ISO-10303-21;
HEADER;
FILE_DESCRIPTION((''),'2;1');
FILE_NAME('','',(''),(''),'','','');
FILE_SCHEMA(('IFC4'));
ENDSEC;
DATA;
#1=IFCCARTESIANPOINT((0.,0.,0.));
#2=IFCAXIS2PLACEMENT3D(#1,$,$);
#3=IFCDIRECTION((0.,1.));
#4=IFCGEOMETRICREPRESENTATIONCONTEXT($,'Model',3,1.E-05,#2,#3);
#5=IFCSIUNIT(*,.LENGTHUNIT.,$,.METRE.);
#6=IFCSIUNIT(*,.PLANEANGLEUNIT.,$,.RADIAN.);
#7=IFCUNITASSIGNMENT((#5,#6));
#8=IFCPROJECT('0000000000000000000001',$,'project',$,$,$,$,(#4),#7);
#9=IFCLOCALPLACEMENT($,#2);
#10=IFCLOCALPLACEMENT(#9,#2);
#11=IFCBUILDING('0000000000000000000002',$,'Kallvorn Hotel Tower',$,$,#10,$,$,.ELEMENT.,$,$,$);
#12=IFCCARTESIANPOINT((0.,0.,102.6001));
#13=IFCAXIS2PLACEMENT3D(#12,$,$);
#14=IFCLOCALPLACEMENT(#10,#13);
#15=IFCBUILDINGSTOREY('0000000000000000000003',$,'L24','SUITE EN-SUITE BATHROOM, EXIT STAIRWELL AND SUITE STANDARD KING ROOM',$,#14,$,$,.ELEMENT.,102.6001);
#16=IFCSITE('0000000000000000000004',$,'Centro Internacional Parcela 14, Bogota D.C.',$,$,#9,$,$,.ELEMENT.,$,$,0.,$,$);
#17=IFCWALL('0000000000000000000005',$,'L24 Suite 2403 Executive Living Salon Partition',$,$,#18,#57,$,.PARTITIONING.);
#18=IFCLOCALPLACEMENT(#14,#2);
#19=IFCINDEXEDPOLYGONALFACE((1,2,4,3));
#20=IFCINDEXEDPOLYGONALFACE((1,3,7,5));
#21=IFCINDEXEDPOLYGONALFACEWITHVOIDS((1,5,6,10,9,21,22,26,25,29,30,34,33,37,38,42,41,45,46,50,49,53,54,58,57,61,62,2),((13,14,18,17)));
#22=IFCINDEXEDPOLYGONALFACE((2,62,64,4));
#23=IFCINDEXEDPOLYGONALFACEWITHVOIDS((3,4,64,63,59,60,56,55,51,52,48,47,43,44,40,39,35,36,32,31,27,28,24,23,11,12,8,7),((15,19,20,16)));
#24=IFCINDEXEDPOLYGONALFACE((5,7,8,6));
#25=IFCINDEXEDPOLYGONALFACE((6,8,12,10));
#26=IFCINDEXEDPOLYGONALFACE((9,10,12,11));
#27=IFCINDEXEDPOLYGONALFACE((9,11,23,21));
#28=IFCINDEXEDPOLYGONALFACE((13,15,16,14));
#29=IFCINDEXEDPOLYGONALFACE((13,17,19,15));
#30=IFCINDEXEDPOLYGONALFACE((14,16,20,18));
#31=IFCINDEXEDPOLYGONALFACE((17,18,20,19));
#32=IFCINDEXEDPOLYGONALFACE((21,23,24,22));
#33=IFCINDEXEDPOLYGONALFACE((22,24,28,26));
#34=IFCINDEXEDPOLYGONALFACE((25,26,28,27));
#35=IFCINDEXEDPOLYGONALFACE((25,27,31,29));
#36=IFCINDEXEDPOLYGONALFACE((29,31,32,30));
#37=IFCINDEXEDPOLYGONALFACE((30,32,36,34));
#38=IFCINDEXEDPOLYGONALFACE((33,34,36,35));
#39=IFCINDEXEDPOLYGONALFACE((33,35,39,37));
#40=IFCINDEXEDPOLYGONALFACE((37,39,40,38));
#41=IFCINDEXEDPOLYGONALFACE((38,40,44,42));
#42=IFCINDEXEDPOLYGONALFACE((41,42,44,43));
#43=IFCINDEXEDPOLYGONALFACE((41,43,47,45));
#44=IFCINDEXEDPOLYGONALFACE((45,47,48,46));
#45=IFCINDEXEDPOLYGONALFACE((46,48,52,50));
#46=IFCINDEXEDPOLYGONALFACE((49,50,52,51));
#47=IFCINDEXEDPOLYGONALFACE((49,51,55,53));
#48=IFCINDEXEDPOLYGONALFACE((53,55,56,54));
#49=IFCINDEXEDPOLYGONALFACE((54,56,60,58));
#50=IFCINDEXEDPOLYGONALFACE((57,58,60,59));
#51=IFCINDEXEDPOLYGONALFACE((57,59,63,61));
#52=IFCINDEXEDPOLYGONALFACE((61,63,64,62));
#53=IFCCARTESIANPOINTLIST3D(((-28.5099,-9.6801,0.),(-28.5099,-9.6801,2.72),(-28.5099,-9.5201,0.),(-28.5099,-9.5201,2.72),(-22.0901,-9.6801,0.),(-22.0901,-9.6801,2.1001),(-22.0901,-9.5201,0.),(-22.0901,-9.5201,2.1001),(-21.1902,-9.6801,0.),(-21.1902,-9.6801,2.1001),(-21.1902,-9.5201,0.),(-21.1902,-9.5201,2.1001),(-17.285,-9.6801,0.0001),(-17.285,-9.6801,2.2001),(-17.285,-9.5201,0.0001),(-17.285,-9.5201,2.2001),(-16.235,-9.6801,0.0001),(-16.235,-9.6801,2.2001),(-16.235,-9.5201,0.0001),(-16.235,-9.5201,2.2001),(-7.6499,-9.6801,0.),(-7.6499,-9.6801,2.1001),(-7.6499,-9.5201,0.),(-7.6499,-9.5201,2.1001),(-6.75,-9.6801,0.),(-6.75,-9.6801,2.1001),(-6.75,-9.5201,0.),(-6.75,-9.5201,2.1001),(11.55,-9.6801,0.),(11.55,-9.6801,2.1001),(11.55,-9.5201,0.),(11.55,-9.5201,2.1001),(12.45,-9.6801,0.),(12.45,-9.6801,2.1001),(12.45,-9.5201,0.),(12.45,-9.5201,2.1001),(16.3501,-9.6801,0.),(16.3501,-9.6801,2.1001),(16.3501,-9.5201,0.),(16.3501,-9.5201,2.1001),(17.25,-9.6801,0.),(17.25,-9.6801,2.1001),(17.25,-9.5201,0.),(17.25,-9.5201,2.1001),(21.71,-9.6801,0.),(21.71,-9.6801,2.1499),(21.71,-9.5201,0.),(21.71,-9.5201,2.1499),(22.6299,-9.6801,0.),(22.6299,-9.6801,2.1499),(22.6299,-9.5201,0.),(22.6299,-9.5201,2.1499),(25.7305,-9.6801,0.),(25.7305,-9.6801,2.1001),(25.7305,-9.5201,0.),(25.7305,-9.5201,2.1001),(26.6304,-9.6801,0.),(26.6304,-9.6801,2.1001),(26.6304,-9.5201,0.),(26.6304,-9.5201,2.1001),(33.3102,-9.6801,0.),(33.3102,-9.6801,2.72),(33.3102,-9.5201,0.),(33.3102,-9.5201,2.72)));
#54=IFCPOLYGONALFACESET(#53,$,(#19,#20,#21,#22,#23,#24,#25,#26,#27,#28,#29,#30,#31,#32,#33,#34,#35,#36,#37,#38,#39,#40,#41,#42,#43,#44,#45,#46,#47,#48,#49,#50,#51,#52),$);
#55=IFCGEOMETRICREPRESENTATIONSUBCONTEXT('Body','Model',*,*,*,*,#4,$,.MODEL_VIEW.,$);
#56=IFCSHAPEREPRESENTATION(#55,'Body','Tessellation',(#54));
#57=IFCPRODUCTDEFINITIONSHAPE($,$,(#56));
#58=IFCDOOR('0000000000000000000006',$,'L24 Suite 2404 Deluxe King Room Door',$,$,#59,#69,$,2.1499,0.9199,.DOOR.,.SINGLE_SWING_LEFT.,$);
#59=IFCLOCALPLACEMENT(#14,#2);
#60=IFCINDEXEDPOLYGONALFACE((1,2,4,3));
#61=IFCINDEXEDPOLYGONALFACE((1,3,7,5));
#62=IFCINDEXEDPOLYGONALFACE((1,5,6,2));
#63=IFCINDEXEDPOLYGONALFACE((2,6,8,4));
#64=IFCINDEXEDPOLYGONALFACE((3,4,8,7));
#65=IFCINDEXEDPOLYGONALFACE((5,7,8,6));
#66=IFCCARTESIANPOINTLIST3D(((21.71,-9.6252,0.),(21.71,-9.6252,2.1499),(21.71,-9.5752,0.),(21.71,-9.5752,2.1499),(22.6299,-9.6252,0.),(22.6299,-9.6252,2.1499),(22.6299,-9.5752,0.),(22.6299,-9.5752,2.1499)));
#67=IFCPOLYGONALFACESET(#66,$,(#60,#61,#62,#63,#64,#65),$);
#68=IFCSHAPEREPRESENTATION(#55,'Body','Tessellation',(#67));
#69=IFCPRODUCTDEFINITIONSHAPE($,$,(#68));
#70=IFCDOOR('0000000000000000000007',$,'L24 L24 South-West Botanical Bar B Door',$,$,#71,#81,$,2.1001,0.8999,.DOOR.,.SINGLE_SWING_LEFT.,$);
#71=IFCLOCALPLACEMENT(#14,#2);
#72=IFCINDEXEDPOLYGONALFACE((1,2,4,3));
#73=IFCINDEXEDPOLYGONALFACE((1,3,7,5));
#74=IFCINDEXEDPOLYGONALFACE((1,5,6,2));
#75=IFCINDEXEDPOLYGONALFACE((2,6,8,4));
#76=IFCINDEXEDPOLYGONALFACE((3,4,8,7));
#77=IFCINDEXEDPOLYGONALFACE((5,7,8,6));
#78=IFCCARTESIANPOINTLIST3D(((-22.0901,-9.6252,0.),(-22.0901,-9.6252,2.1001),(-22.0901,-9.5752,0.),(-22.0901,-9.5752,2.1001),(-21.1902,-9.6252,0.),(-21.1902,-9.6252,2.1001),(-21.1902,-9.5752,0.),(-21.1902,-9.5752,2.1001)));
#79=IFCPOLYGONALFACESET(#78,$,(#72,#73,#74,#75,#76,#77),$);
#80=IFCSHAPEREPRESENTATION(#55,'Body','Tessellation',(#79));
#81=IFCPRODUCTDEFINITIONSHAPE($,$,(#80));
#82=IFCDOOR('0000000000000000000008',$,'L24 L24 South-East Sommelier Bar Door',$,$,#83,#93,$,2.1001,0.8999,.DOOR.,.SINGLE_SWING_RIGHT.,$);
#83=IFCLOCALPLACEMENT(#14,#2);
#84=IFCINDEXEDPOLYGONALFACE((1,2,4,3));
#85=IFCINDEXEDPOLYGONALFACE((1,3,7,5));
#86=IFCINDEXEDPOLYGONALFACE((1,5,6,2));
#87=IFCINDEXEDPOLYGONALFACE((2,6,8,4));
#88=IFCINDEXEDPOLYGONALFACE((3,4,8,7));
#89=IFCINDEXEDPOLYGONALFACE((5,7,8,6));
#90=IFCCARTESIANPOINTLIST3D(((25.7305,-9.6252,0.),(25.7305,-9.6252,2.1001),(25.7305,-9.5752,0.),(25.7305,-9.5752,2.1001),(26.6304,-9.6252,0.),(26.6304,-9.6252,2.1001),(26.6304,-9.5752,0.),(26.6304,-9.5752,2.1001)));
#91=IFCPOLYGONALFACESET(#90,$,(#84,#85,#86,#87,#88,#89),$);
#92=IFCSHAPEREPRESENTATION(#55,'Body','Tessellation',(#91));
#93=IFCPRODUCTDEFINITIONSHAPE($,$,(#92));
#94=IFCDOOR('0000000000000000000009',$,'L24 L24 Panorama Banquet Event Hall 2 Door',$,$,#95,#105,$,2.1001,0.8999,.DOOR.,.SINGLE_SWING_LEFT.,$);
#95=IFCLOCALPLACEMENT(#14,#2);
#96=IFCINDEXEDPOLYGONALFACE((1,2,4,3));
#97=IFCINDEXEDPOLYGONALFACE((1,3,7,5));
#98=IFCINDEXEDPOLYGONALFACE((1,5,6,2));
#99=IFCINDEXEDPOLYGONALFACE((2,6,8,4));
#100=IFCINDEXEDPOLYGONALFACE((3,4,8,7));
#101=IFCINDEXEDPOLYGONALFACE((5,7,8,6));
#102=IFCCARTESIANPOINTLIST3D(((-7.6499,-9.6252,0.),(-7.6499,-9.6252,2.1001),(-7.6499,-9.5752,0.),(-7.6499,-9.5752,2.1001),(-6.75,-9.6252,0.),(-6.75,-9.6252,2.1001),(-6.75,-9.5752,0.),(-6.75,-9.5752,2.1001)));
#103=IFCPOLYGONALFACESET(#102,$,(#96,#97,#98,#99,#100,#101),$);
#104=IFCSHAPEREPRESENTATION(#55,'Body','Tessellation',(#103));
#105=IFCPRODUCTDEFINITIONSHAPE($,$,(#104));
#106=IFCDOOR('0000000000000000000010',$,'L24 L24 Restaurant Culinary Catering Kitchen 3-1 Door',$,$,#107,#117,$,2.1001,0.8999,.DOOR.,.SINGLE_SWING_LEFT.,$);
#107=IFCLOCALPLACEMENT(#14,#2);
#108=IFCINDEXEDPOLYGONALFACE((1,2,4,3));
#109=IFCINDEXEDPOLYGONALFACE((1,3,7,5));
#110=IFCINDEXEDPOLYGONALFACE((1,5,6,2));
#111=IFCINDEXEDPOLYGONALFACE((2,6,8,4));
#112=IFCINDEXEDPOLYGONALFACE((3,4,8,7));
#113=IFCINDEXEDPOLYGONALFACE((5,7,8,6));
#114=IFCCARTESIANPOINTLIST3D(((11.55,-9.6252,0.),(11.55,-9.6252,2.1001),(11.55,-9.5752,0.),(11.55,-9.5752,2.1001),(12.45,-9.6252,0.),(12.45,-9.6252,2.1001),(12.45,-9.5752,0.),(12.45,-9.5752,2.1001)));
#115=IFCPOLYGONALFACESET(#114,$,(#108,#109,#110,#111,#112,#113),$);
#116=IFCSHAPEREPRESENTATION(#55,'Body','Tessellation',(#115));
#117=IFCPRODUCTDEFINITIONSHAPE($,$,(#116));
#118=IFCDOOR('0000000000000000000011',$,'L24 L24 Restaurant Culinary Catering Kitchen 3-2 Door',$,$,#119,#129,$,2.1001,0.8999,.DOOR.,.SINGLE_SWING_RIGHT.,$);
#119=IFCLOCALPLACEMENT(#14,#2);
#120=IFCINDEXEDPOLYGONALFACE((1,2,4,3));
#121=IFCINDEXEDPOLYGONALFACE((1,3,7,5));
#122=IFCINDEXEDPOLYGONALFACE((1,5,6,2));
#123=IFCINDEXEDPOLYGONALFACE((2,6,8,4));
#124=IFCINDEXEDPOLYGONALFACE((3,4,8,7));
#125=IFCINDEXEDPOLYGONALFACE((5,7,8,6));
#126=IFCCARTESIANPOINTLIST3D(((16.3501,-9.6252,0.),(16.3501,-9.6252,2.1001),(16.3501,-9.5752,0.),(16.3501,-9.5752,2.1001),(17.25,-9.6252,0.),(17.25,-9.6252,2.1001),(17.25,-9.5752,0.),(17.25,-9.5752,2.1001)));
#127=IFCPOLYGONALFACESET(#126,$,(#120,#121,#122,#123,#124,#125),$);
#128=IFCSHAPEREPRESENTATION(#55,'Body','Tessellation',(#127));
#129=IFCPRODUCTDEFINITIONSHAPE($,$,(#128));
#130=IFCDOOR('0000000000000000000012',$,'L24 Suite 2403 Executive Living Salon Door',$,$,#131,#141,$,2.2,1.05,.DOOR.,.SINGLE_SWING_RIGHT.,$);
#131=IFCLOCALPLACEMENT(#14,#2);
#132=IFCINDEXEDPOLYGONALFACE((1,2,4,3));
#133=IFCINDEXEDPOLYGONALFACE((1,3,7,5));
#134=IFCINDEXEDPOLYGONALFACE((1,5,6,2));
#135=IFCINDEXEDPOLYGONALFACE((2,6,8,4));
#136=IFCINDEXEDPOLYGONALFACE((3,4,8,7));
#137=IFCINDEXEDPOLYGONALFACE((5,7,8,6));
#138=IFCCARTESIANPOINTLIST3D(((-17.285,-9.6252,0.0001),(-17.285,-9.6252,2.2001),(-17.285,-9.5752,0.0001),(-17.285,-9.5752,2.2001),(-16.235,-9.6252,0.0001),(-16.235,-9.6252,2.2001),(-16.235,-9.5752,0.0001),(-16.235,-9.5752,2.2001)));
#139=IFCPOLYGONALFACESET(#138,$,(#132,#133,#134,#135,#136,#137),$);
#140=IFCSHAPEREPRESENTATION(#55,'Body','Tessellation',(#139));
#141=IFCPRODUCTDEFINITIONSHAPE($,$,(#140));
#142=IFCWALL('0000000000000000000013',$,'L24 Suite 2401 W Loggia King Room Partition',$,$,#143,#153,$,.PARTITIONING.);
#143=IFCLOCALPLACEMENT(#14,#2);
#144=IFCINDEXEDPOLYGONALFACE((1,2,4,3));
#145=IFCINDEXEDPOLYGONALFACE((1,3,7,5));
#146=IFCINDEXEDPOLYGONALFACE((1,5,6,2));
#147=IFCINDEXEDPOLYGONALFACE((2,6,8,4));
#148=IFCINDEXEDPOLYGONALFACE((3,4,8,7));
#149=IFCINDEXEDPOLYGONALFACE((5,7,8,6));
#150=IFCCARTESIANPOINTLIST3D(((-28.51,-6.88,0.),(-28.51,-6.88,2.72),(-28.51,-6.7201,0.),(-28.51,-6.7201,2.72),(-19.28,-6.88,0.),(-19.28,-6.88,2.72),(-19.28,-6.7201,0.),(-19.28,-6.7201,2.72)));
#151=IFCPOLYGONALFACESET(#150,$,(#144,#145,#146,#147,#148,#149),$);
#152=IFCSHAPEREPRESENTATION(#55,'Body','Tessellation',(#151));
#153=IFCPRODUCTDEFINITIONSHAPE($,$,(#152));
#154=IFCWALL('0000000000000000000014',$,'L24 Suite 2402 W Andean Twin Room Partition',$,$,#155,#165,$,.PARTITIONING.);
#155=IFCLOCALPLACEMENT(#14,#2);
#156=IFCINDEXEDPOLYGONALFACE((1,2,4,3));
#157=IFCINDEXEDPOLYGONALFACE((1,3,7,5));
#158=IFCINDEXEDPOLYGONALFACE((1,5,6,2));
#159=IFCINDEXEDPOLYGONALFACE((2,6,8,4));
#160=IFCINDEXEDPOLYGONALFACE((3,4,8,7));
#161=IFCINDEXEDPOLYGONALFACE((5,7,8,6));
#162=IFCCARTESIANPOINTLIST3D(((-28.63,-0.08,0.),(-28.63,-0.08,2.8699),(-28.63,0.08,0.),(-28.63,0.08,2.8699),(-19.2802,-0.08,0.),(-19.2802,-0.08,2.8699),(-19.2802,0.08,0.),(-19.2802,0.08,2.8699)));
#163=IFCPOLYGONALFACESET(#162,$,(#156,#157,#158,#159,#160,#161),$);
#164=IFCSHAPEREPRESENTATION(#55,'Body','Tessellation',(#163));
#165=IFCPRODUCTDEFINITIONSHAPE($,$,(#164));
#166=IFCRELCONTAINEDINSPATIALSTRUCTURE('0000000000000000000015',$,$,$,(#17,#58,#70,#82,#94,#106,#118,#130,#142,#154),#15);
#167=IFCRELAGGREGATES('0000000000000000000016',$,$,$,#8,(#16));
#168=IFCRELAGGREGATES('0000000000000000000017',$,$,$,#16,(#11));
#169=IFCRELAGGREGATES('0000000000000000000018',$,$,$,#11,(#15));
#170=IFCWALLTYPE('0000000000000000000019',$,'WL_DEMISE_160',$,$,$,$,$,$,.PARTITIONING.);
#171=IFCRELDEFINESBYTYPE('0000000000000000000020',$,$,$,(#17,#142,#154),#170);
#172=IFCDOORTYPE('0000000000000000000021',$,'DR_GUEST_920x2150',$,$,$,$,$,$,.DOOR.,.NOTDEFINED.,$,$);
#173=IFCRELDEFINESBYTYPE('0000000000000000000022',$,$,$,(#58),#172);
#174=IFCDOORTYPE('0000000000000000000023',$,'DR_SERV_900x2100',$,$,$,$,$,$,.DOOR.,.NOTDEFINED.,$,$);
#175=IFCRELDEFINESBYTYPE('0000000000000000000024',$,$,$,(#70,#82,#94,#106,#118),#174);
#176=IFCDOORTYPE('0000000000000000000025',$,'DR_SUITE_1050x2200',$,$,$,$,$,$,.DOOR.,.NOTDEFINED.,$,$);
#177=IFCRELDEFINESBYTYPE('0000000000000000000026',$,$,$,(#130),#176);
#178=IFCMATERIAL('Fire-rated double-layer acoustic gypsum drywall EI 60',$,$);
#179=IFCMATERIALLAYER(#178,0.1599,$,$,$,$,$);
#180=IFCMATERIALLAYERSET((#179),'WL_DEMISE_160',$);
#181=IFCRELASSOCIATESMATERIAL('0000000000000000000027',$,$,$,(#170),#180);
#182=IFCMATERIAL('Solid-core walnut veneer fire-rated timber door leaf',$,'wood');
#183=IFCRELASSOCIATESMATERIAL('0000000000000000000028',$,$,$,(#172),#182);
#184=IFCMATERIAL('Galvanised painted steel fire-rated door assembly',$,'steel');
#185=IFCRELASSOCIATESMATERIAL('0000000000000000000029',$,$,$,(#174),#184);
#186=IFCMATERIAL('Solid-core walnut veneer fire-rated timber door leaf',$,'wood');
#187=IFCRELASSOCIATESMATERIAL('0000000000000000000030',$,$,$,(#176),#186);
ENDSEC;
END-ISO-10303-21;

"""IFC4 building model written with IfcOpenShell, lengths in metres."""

from ifc_helpers import new_model, si_unit, direction, frame, frame_2d, origin, place, context, subcontext, project, spatial, rectangle, extrude, material, layer, layer_set, type_object, element, fill, save


model = new_model("IFC4")

# Units and contexts
model_context = context("Model", 3, precision=1e-05, world=origin(), true_north=direction((0.0, 1.0)))
body_context = subcontext(model_context, "Body", "Model", "MODEL_VIEW")
ifc_project = project(units=[si_unit("LENGTHUNIT", "METRE"), si_unit("PLANEANGLEUNIT", "RADIAN")], contexts=[model_context])

# Site, building, storey
site_placement = place(None, origin())
site = spatial("IfcSite", under=ifc_project, at=site_placement, Name="Centro Internacional Parcela 14, Bogota D.C.", CompositionType="ELEMENT", RefElevation=0.0)
building_placement = place(site_placement, origin())
building = spatial("IfcBuilding", under=site, at=building_placement, Name="Kallvorn Hotel Tower", CompositionType="ELEMENT")
storey_placement = place(building_placement, frame((0.0, 0.0, 102.6001)))
storey = spatial("IfcBuildingStorey", under=building, at=storey_placement, Name="L24", Description="SUITE EN-SUITE BATHROOM, EXIT STAIRWELL AND SUITE STANDARD KING ROOM", CompositionType="ELEMENT", Elevation=102.6001)

# Wall, openings, doors
ifc_material_1 = material(Name="Fire-rated double-layer acoustic gypsum drywall EI 60")
ifc_layer_1 = layer(ifc_material_1, 0.1599)
ifc_layer_set_1 = layer_set([ifc_layer_1], Name="WL_DEMISE_160")
wall_type = type_object("IfcWallType", Name="WL_DEMISE_160", PredefinedType="PARTITIONING", material=ifc_layer_set_1)
wall_1_placement = place(storey_placement, frame((-28.51, -9.6001, 0.0), z_axis=(0.0, 0.0, 1.0), x_axis=(1.0, 0.0, 0.0)))
wall_1 = element("IfcWall", 1, at=wall_1_placement, inside=storey, type_object=wall_type, Name="L24 Suite 2403 Executive Living Salon Partition", PredefinedType="PARTITIONING", context=body_context, shape_type="SweptSolid", body=[
    extrude(rectangle(XDim=61.8201, YDim=0.1599, at=frame_2d((30.9102, 0.0))), origin(), (0.0, 0.0, 1.0), 2.72),
])
opening_1_placement = place(wall_1_placement, frame((6.4199, 0.0, 0.0)))
opening_1 = element("IfcOpeningElement", 2, at=opening_1_placement, cuts=wall_1, PredefinedType="OPENING", context=body_context, shape_type="SweptSolid", body=[
    extrude(rectangle(XDim=0.8999, YDim=2.1001, at=frame_2d((0.45, 1.05))), frame((0.0, 0.095, 0.0), z_axis=(0.0, -1.0, 0.0), x_axis=(1.0, 0.0, 0.0)), (0.0, 0.0, 1.0), 0.1899),
])
opening_2_placement = place(wall_1_placement, frame((54.2405, 0.0, 0.0)))
opening_2 = element("IfcOpeningElement", 3, at=opening_2_placement, cuts=wall_1, PredefinedType="OPENING", context=body_context, shape_type="SweptSolid", body=[
    extrude(rectangle(XDim=0.8999, YDim=2.1001, at=frame_2d((0.45, 1.05))), frame((0.0, 0.095, 0.0), z_axis=(0.0, -1.0, 0.0), x_axis=(1.0, 0.0, 0.0)), (0.0, 0.0, 1.0), 0.1899),
])
opening_3_placement = place(wall_1_placement, frame((11.2251, 0.0, 0.0)))
opening_3 = element("IfcOpeningElement", 4, at=opening_3_placement, cuts=wall_1, PredefinedType="OPENING", context=body_context, shape_type="SweptSolid", body=[
    extrude(rectangle(XDim=1.05, YDim=2.2, at=frame_2d((0.5249, 1.1001))), frame((0.0, 0.095, 0.0), z_axis=(0.0, -1.0, 0.0), x_axis=(1.0, 0.0, 0.0)), (0.0, 0.0, 1.0), 0.1899),
])
opening_4_placement = place(wall_1_placement, frame((20.8601, 0.0, 0.0)))
opening_4 = element("IfcOpeningElement", 5, at=opening_4_placement, cuts=wall_1, PredefinedType="OPENING", context=body_context, shape_type="SweptSolid", body=[
    extrude(rectangle(XDim=0.8999, YDim=2.1001, at=frame_2d((0.45, 1.05))), frame((0.0, 0.095, 0.0), z_axis=(0.0, -1.0, 0.0), x_axis=(1.0, 0.0, 0.0)), (0.0, 0.0, 1.0), 0.1899),
])
opening_5_placement = place(wall_1_placement, frame((40.0601, 0.0, 0.0)))
opening_5 = element("IfcOpeningElement", 6, at=opening_5_placement, cuts=wall_1, PredefinedType="OPENING", context=body_context, shape_type="SweptSolid", body=[
    extrude(rectangle(XDim=0.8999, YDim=2.1001, at=frame_2d((0.45, 1.05))), frame((0.0, 0.095, 0.0), z_axis=(0.0, -1.0, 0.0), x_axis=(1.0, 0.0, 0.0)), (0.0, 0.0, 1.0), 0.1899),
])
opening_6_placement = place(wall_1_placement, frame((44.8601, 0.0, 0.0)))
opening_6 = element("IfcOpeningElement", 7, at=opening_6_placement, cuts=wall_1, PredefinedType="OPENING", context=body_context, shape_type="SweptSolid", body=[
    extrude(rectangle(XDim=0.8999, YDim=2.1001, at=frame_2d((0.45, 1.05))), frame((0.0, 0.095, 0.0), z_axis=(0.0, -1.0, 0.0), x_axis=(1.0, 0.0, 0.0)), (0.0, 0.0, 1.0), 0.1899),
])
opening_7_placement = place(wall_1_placement, frame((50.22, 0.0, 0.0)))
opening_7 = element("IfcOpeningElement", 8, at=opening_7_placement, cuts=wall_1, PredefinedType="OPENING", context=body_context, shape_type="SweptSolid", body=[
    extrude(rectangle(XDim=0.9199, YDim=2.1499, at=frame_2d((0.46, 1.075))), frame((0.0, 0.095, 0.0), z_axis=(0.0, -1.0, 0.0), x_axis=(1.0, 0.0, 0.0)), (0.0, 0.0, 1.0), 0.1899),
])
ifc_material_2 = material(Name="Solid-core walnut veneer fire-rated timber door leaf", Category="wood")
door_type_1 = type_object("IfcDoorType", Name="DR_GUEST_920x2150", OperationType="NOTDEFINED", PredefinedType="DOOR", material=ifc_material_2)
door_1_placement = place(opening_7_placement, origin())
door_1 = element("IfcDoor", 9, at=door_1_placement, inside=storey, type_object=door_type_1, Name="L24 Suite 2404 Deluxe King Room Door", OperationType="SINGLE_SWING_LEFT", OverallHeight=2.1499, OverallWidth=0.9199, PredefinedType="DOOR", context=body_context, shape_type="SweptSolid", body=[
    extrude(rectangle(XDim=0.9199, YDim=2.1499, at=frame_2d((0.46, 1.075))), frame((0.0, 0.0249, 0.0), z_axis=(0.0, -1.0, 0.0), x_axis=(1.0, 0.0, 0.0)), (0.0, 0.0, 1.0), 0.05),
])
fill(opening_7, door_1)
ifc_material_3 = material(Name="Galvanised painted steel fire-rated door assembly", Category="steel")
door_type_2 = type_object("IfcDoorType", Name="DR_SERV_900x2100", OperationType="NOTDEFINED", PredefinedType="DOOR", material=ifc_material_3)
door_2_placement = place(opening_1_placement, origin())
door_2 = element("IfcDoor", 10, at=door_2_placement, inside=storey, type_object=door_type_2, Name="L24 L24 South-West Botanical Bar B Door", OperationType="SINGLE_SWING_LEFT", OverallHeight=2.1001, OverallWidth=0.8999, PredefinedType="DOOR", context=body_context, shape_type="SweptSolid", body=[
    extrude(rectangle(XDim=0.8999, YDim=2.1001, at=frame_2d((0.45, 1.05))), frame((0.0, 0.0249, 0.0), z_axis=(0.0, -1.0, 0.0), x_axis=(1.0, 0.0, 0.0)), (0.0, 0.0, 1.0), 0.05),
])
fill(opening_1, door_2)
door_3_placement = place(opening_2_placement, origin())
door_3 = element("IfcDoor", 11, at=door_3_placement, inside=storey, type_object=door_type_2, Name="L24 L24 South-East Sommelier Bar Door", OperationType="SINGLE_SWING_RIGHT", OverallHeight=2.1001, OverallWidth=0.8999, PredefinedType="DOOR", context=body_context, shape_type="SweptSolid", body=[
    extrude(rectangle(XDim=0.8999, YDim=2.1001, at=frame_2d((0.45, 1.05))), frame((0.0, 0.0249, 0.0), z_axis=(0.0, -1.0, 0.0), x_axis=(1.0, 0.0, 0.0)), (0.0, 0.0, 1.0), 0.05),
])
fill(opening_2, door_3)
door_4_placement = place(opening_4_placement, origin())
door_4 = element("IfcDoor", 12, at=door_4_placement, inside=storey, type_object=door_type_2, Name="L24 L24 Panorama Banquet Event Hall 2 Door", OperationType="SINGLE_SWING_LEFT", OverallHeight=2.1001, OverallWidth=0.8999, PredefinedType="DOOR", context=body_context, shape_type="SweptSolid", body=[
    extrude(rectangle(XDim=0.8999, YDim=2.1001, at=frame_2d((0.45, 1.05))), frame((0.0, 0.0249, 0.0), z_axis=(0.0, -1.0, 0.0), x_axis=(1.0, 0.0, 0.0)), (0.0, 0.0, 1.0), 0.05),
])
fill(opening_4, door_4)
door_5_placement = place(opening_5_placement, origin())
door_5 = element("IfcDoor", 13, at=door_5_placement, inside=storey, type_object=door_type_2, Name="L24 L24 Restaurant Culinary Catering Kitchen 3-1 Door", OperationType="SINGLE_SWING_LEFT", OverallHeight=2.1001, OverallWidth=0.8999, PredefinedType="DOOR", context=body_context, shape_type="SweptSolid", body=[
    extrude(rectangle(XDim=0.8999, YDim=2.1001, at=frame_2d((0.45, 1.05))), frame((0.0, 0.0249, 0.0), z_axis=(0.0, -1.0, 0.0), x_axis=(1.0, 0.0, 0.0)), (0.0, 0.0, 1.0), 0.05),
])
fill(opening_5, door_5)
door_6_placement = place(opening_6_placement, origin())
door_6 = element("IfcDoor", 14, at=door_6_placement, inside=storey, type_object=door_type_2, Name="L24 L24 Restaurant Culinary Catering Kitchen 3-2 Door", OperationType="SINGLE_SWING_RIGHT", OverallHeight=2.1001, OverallWidth=0.8999, PredefinedType="DOOR", context=body_context, shape_type="SweptSolid", body=[
    extrude(rectangle(XDim=0.8999, YDim=2.1001, at=frame_2d((0.45, 1.05))), frame((0.0, 0.0249, 0.0), z_axis=(0.0, -1.0, 0.0), x_axis=(1.0, 0.0, 0.0)), (0.0, 0.0, 1.0), 0.05),
])
fill(opening_6, door_6)
ifc_material_4 = material(Name="Solid-core walnut veneer fire-rated timber door leaf", Category="wood")
door_type_3 = type_object("IfcDoorType", Name="DR_SUITE_1050x2200", OperationType="NOTDEFINED", PredefinedType="DOOR", material=ifc_material_4)
door_7_placement = place(opening_3_placement, origin())
door_7 = element("IfcDoor", 15, at=door_7_placement, inside=storey, type_object=door_type_3, Name="L24 Suite 2403 Executive Living Salon Door", OperationType="SINGLE_SWING_RIGHT", OverallHeight=2.2, OverallWidth=1.05, PredefinedType="DOOR", context=body_context, shape_type="SweptSolid", body=[
    extrude(rectangle(XDim=1.05, YDim=2.2, at=frame_2d((0.5249, 1.1001))), frame((0.0, 0.0249, 0.0), z_axis=(0.0, -1.0, 0.0), x_axis=(1.0, 0.0, 0.0)), (0.0, 0.0, 1.0), 0.05),
])
fill(opening_3, door_7)

# Walls
wall_2_placement = place(storey_placement, frame((-28.51, -6.8, 0.0), z_axis=(0.0, 0.0, 1.0), x_axis=(1.0, 0.0, 0.0)))
element("IfcWall", 16, at=wall_2_placement, inside=storey, type_object=wall_type, Name="L24 Suite 2401 W Loggia King Room Partition", PredefinedType="PARTITIONING", context=body_context, shape_type="SweptSolid", body=[
    extrude(rectangle(XDim=9.23, YDim=0.1599, at=frame_2d((4.615, 0.0))), origin(), (0.0, 0.0, 1.0), 2.72),
])
wall_3_placement = place(storey_placement, frame((-28.6299, 0.0, 0.0), z_axis=(0.0, 0.0, 1.0), x_axis=(1.0, 0.0, 0.0)))
element("IfcWall", 17, at=wall_3_placement, inside=storey, type_object=wall_type, Name="L24 Suite 2402 W Andean Twin Room Partition", PredefinedType="PARTITIONING", context=body_context, shape_type="SweptSolid", body=[
    extrude(rectangle(XDim=9.3499, YDim=0.1599, at=frame_2d((4.6748, 0.0))), origin(), (0.0, 0.0, 1.0), 2.8699),
])

save(model, "model.ifc")
